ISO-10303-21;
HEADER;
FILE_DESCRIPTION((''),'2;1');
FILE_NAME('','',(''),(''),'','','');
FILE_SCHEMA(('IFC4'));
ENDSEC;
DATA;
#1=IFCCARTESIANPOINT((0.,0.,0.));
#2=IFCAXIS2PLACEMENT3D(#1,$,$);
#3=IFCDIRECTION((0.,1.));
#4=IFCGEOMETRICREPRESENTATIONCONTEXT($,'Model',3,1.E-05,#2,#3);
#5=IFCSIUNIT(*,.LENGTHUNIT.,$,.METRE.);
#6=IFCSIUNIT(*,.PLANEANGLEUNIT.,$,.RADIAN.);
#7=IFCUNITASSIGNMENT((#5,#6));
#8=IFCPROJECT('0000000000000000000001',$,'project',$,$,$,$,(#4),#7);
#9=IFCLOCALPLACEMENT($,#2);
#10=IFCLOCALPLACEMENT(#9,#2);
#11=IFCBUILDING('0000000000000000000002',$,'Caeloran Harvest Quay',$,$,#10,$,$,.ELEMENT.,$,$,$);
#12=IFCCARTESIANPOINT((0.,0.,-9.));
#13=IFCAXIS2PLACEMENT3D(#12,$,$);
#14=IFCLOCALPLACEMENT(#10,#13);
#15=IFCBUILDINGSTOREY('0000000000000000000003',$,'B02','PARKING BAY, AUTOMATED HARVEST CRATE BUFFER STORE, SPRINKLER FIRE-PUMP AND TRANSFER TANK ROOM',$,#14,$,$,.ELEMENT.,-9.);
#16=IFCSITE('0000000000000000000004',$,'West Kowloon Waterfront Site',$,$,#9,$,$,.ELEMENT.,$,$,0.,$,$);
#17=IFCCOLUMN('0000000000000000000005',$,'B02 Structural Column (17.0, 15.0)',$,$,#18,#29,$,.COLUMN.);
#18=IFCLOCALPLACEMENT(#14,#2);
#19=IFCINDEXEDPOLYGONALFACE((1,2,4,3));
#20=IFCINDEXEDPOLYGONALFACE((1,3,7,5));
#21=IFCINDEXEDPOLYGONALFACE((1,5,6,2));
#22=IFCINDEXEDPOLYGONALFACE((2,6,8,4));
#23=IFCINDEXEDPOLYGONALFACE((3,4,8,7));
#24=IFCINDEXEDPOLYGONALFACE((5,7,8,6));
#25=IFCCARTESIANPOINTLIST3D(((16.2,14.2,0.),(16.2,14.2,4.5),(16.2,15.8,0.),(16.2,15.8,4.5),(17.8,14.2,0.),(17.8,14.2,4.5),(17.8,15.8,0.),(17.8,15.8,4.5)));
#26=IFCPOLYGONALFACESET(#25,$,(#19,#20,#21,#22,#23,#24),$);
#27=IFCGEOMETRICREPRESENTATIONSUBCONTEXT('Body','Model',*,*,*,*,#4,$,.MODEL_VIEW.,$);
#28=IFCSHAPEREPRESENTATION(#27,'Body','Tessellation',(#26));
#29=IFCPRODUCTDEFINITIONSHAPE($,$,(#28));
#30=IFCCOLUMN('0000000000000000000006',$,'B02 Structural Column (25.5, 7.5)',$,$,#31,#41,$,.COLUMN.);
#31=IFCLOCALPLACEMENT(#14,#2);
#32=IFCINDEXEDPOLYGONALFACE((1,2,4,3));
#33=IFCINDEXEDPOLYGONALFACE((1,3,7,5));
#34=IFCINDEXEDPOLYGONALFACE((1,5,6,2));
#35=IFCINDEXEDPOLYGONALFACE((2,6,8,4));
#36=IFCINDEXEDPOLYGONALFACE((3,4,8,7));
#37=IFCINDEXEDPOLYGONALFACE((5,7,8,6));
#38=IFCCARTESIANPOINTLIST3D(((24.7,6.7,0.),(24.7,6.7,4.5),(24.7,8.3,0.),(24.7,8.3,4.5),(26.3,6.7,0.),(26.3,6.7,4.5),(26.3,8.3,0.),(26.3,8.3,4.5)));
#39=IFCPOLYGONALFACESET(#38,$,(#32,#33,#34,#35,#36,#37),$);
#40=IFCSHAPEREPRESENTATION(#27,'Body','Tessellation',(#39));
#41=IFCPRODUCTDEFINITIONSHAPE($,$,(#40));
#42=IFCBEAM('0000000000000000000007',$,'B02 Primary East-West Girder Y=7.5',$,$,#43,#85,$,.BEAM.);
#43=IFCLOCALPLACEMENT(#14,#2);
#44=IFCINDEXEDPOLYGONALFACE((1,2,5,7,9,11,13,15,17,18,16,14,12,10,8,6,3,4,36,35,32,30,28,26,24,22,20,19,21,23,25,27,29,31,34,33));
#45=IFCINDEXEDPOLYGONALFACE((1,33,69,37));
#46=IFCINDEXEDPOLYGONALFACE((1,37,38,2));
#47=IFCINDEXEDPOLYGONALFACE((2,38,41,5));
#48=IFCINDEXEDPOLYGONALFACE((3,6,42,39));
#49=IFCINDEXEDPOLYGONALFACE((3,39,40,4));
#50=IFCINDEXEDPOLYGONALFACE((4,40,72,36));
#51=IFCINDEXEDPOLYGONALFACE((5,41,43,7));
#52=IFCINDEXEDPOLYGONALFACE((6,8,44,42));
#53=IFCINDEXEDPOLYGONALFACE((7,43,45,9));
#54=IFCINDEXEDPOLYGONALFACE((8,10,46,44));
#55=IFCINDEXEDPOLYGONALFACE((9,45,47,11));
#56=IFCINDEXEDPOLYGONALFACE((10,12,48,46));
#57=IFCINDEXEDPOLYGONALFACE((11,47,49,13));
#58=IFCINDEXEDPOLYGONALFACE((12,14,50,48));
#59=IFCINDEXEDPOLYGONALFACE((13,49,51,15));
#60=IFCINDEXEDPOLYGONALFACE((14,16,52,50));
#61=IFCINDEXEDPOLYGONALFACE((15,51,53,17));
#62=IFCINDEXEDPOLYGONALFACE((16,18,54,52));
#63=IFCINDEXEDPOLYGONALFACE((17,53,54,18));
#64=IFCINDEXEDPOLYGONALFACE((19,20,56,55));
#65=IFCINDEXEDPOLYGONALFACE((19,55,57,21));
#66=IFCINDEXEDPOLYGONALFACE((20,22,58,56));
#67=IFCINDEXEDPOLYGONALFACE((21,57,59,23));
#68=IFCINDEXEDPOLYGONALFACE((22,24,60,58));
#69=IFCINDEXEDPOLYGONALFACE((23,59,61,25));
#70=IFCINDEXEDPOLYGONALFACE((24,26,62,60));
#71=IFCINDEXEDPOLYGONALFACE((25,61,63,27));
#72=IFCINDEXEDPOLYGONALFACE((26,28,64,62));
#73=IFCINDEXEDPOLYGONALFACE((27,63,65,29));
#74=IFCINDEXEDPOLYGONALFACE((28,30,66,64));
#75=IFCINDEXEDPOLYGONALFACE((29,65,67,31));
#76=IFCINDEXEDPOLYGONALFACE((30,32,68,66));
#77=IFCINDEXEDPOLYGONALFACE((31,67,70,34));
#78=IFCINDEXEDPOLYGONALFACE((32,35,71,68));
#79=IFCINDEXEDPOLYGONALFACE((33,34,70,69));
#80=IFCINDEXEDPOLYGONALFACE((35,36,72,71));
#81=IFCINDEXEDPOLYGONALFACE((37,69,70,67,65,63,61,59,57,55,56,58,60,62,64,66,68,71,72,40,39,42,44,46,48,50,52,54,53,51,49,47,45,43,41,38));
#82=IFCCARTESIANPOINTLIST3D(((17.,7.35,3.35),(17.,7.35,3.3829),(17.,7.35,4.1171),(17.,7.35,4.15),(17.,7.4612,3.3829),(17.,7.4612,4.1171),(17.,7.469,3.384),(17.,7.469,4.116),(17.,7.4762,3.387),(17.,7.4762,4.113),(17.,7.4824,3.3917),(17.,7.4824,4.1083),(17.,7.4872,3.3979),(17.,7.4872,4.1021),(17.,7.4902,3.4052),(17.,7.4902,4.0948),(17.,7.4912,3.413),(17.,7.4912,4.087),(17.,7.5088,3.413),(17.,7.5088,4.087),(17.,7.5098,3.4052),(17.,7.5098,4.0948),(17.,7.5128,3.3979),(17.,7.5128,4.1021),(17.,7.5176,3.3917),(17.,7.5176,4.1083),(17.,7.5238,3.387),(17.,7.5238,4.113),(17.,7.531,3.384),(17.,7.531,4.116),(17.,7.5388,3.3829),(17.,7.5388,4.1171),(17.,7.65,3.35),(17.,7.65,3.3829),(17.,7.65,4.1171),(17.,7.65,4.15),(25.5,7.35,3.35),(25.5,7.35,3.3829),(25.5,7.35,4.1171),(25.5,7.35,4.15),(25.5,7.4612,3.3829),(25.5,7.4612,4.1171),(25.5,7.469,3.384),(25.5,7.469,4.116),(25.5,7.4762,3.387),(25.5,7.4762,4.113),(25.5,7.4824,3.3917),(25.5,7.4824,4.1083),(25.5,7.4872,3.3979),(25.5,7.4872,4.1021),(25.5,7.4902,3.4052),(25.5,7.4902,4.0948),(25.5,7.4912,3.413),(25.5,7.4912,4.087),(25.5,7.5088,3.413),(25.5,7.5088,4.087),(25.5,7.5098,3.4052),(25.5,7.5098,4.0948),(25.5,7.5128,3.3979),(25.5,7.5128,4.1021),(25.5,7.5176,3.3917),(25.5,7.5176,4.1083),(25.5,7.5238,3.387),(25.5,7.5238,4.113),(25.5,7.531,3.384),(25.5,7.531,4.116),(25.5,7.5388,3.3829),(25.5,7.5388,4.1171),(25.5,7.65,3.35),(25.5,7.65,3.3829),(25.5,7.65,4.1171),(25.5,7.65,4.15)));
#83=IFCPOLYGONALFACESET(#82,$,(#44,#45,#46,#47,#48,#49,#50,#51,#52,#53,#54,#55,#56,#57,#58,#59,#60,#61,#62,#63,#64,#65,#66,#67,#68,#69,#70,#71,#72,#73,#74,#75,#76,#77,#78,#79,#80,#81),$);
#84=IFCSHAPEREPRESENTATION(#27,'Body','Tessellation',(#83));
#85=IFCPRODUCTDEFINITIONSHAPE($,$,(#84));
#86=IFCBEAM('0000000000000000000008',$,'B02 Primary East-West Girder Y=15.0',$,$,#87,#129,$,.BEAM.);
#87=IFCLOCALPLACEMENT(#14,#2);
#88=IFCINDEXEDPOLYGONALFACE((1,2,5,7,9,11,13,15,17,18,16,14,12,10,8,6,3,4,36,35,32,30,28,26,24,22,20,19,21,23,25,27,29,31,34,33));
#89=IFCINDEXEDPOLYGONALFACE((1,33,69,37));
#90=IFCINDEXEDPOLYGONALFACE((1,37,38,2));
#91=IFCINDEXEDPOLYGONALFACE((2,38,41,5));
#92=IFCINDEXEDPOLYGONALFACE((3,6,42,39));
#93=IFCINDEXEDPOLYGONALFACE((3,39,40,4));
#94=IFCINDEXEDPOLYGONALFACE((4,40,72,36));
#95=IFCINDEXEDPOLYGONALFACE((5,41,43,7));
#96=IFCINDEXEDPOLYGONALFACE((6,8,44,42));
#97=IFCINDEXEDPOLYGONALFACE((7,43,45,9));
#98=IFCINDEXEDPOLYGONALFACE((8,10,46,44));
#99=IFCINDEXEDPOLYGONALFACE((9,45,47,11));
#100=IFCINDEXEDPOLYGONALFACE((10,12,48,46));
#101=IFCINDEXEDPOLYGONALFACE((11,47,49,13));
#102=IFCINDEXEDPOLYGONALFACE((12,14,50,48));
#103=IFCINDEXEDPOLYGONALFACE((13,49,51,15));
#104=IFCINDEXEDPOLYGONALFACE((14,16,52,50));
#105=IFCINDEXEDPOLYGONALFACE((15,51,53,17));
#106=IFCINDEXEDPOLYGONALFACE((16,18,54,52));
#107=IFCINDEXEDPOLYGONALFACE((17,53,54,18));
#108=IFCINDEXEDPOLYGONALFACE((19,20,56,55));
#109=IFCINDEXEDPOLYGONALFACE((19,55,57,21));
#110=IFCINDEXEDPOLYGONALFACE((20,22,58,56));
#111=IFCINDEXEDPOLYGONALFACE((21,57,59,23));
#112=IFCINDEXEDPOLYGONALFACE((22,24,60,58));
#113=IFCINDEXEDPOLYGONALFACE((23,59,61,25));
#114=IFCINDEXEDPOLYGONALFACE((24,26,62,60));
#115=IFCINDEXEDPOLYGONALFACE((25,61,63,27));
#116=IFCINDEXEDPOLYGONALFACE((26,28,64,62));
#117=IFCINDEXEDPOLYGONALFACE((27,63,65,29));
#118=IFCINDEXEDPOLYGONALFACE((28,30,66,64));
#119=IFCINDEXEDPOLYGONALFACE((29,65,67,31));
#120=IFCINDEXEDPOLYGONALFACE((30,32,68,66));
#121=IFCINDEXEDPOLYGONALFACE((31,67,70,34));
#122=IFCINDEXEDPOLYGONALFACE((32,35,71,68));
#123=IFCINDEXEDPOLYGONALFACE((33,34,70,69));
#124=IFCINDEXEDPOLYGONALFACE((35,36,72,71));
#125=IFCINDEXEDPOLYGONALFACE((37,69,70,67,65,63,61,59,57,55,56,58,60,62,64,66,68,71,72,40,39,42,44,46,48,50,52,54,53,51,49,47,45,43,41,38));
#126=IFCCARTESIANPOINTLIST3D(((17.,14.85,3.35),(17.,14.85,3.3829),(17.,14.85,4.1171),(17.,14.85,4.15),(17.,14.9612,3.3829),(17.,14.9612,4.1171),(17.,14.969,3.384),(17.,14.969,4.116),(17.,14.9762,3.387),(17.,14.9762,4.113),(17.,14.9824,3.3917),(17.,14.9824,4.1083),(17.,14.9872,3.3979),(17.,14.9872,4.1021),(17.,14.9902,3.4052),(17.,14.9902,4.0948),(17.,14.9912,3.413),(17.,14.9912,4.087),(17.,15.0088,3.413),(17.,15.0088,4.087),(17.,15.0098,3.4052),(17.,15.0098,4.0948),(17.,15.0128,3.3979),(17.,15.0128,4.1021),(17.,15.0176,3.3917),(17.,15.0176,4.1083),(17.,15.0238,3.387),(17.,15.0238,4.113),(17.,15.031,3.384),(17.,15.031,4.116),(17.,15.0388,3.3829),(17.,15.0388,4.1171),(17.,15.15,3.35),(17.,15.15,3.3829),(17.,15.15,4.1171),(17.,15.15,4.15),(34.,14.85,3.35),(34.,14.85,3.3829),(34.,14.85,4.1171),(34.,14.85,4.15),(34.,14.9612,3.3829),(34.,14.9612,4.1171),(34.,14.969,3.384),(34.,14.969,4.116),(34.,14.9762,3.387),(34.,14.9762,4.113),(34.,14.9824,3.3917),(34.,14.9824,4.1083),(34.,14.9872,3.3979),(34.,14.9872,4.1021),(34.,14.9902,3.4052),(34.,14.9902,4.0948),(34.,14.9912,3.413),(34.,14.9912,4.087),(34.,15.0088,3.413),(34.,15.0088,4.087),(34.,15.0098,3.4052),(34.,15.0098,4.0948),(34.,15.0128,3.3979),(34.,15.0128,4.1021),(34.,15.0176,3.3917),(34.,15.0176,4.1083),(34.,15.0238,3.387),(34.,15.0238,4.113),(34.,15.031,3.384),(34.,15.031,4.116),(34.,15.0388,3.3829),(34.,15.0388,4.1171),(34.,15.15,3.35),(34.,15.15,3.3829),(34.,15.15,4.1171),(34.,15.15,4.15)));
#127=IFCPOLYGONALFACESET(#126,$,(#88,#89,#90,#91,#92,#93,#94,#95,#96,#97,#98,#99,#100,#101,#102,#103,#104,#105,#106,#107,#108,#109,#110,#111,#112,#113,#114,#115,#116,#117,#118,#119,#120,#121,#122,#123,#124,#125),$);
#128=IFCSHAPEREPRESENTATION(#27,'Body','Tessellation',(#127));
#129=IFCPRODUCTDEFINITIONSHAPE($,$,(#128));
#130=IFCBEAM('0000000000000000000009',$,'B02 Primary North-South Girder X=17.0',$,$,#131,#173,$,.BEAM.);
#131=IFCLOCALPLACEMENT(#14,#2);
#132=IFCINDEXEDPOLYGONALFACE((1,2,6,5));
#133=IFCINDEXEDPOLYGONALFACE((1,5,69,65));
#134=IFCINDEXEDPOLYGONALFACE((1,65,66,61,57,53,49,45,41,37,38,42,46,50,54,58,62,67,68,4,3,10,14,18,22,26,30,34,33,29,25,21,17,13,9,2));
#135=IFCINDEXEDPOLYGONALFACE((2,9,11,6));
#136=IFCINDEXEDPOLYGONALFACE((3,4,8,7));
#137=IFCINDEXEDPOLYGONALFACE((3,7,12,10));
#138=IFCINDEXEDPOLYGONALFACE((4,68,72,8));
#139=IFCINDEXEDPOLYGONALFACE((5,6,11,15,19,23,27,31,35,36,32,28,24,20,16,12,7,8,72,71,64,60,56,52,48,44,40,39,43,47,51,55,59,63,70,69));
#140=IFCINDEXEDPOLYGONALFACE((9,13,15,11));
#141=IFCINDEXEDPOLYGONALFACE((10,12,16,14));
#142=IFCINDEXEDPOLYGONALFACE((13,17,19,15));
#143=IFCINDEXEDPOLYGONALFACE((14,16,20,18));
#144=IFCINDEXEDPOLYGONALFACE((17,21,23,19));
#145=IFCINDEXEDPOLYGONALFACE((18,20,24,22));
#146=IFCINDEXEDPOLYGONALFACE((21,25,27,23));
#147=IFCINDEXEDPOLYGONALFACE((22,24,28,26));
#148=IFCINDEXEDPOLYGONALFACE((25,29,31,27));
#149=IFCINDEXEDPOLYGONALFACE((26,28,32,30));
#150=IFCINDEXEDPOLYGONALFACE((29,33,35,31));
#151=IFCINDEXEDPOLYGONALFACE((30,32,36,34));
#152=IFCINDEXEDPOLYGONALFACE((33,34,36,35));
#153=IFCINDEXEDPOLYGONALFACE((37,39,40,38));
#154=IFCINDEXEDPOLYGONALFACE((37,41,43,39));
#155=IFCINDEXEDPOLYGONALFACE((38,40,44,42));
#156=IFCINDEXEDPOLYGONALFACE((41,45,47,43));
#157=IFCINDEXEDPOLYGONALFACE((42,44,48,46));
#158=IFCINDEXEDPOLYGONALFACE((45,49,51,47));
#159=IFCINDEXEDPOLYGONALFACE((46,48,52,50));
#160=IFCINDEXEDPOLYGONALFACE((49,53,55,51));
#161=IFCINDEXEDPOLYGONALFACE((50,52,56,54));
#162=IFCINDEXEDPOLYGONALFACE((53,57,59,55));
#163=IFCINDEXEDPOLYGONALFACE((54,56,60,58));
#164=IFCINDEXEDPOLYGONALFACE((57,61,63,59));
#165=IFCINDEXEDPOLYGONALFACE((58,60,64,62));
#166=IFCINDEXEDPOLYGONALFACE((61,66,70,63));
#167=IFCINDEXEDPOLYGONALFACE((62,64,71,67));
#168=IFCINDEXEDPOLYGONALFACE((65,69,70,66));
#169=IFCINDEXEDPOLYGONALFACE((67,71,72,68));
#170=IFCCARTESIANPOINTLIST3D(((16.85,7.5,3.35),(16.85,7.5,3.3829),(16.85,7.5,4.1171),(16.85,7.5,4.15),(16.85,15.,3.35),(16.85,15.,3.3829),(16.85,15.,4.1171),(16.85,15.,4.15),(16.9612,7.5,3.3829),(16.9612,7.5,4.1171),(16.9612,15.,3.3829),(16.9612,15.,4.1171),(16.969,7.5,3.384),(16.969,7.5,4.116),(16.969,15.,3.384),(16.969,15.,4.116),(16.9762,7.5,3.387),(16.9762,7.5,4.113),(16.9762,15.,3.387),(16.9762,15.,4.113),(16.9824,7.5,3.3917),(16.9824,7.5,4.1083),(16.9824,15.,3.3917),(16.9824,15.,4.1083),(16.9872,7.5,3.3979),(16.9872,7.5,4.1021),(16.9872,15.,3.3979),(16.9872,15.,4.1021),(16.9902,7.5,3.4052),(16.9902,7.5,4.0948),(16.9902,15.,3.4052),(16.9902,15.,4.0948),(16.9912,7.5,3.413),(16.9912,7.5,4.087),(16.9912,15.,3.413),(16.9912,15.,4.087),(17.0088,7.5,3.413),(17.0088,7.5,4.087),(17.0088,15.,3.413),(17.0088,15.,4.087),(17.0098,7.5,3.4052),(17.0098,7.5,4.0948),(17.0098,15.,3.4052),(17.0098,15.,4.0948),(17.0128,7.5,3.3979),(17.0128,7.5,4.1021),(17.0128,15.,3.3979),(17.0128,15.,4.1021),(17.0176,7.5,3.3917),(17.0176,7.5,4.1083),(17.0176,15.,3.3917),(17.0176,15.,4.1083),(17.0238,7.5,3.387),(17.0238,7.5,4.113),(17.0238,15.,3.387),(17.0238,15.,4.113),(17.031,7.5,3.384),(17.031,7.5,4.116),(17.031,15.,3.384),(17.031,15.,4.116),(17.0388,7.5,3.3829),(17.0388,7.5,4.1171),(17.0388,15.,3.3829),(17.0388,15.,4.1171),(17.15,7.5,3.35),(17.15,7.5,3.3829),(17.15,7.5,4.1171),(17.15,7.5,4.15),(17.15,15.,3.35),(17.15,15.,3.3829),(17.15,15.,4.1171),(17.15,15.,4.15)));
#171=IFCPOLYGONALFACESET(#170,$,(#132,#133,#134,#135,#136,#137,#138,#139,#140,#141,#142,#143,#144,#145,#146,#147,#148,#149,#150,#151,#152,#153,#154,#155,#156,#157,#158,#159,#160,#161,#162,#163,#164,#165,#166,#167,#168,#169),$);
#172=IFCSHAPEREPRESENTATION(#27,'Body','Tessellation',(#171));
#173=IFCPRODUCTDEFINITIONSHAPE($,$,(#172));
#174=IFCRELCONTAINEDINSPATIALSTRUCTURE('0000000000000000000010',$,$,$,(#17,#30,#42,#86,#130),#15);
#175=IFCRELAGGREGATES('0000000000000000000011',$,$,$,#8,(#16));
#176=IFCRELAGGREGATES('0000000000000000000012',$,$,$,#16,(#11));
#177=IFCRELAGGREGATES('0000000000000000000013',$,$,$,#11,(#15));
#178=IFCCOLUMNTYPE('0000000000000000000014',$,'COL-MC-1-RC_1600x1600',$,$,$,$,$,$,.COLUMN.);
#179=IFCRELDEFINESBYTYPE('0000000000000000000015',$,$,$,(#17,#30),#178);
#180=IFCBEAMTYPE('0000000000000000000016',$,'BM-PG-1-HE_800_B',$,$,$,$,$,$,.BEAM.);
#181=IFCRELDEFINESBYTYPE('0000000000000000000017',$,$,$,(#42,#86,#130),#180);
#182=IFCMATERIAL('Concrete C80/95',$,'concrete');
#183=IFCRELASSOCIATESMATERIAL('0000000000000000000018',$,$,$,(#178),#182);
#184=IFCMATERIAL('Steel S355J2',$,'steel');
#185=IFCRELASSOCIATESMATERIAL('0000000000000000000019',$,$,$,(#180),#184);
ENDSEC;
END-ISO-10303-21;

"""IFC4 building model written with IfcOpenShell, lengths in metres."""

from ifc_helpers import new_model, si_unit, direction, frame, origin, origin_2d, place, context, subcontext, project, spatial, rectangle, i_section, extrude, material, material_profile, profile_set, type_object, element, save


model = new_model("IFC4")

# Units and contexts
model_context = context("Model", 3, precision=1e-05, world=origin(), true_north=direction((0.0, 1.0)))
body_context = subcontext(model_context, "Body", "Model", "MODEL_VIEW")
ifc_project = project(units=[si_unit("LENGTHUNIT", "METRE"), si_unit("PLANEANGLEUNIT", "RADIAN")], contexts=[model_context])

# Site, building, storey
site_placement = place(None, origin())
site = spatial("IfcSite", under=ifc_project, at=site_placement, Name="West Kowloon Waterfront Site", CompositionType="ELEMENT", RefElevation=0.0)
building_placement = place(site_placement, origin())
building = spatial("IfcBuilding", under=site, at=building_placement, Name="Caeloran Harvest Quay", CompositionType="ELEMENT")
storey_placement = place(building_placement, frame((0.0, 0.0, -9.0)))
storey = spatial("IfcBuildingStorey", under=building, at=storey_placement, Name="B02", Description="PARKING BAY, AUTOMATED HARVEST CRATE BUFFER STORE, SPRINKLER FIRE-PUMP AND TRANSFER TANK ROOM", CompositionType="ELEMENT", Elevation=-9.0)

# Columns
ifc_material_1 = material(Name="Concrete C80/95", Category="concrete")
ifc_material_profile_1 = material_profile(ifc_material_1, rectangle(XDim=1.6001, YDim=1.6001, at=origin_2d()), Name="RC 1600x1600")
ifc_profile_set_1 = profile_set([ifc_material_profile_1], Name="Concrete C80/95")
column_type = type_object("IfcColumnType", Name="COL-MC-1-RC_1600x1600", PredefinedType="COLUMN", material=ifc_profile_set_1)
for number, where, z_axis, x_axis, name in (
    (1, (17.0, 15.0, 0.0), (0.0, 0.0, 1.0), (1.0, 0.0, 0.0), "B02 Structural Column (17.0, 15.0)"),
    (2, (25.5, 7.5, 0.0), (0.0, 0.0, 1.0), (1.0, 0.0, 0.0), "B02 Structural Column (25.5, 7.5)"),
):
    element("IfcColumn", number, at=place(storey_placement, frame(where, z_axis=z_axis, x_axis=x_axis)), inside=storey, type_object=column_type, Name=name, PredefinedType="COLUMN", context=body_context, shape_type="SweptSolid", body=[
        extrude(rectangle(XDim=1.6001, YDim=1.6001, at=origin_2d()), origin(), (0.0, 0.0, 1.0), 4.5),
    ])

# Beams
ifc_material_2 = material(Name="Steel S355J2", Category="steel")
ifc_material_profile_2 = material_profile(ifc_material_2, i_section(OverallWidth=0.3, OverallDepth=0.8, WebThickness=0.0176, FlangeThickness=0.033, FilletRadius=0.03, at=origin_2d()), Name="HE 800 B")
ifc_profile_set_2 = profile_set([ifc_material_profile_2], Name="Steel S355J2")
beam_type_1 = type_object("IfcBeamType", Name="BM-PG-1-HE_800_B", PredefinedType="BEAM", material=ifc_profile_set_2)
beam_1_placement = place(storey_placement, frame((17.0, 7.5, 3.75), z_axis=(1.0, 0.0, 0.0), x_axis=(0.0, 1.0, 0.0)))
element("IfcBeam", 3, at=beam_1_placement, inside=storey, type_object=beam_type_1, Name="B02 Primary East-West Girder Y=7.5", PredefinedType="BEAM", context=body_context, shape_type="SweptSolid", body=[
    extrude(i_section(OverallWidth=0.3, OverallDepth=0.8, WebThickness=0.0176, FlangeThickness=0.033, FilletRadius=0.03, at=origin_2d()), origin(), (0.0, 0.0, 1.0), 8.5),
])
beam_2_placement = place(storey_placement, frame((17.0, 15.0, 3.75), z_axis=(1.0, 0.0, 0.0), x_axis=(0.0, 1.0, 0.0)))
element("IfcBeam", 4, at=beam_2_placement, inside=storey, type_object=beam_type_1, Name="B02 Primary East-West Girder Y=15.0", PredefinedType="BEAM", context=body_context, shape_type="SweptSolid", body=[
    extrude(i_section(OverallWidth=0.3, OverallDepth=0.8, WebThickness=0.0176, FlangeThickness=0.033, FilletRadius=0.03, at=origin_2d()), origin(), (0.0, 0.0, 1.0), 17.0),
])
beam_3_placement = place(storey_placement, frame((17.0, 7.5, 3.75), z_axis=(0.0, 1.0, 0.0), x_axis=(-1.0, 0.0, 0.0)))
element("IfcBeam", 5, at=beam_3_placement, inside=storey, type_object=beam_type_1, Name="B02 Primary North-South Girder X=17.0", PredefinedType="BEAM", context=body_context, shape_type="SweptSolid", body=[
    extrude(i_section(OverallWidth=0.3, OverallDepth=0.8, WebThickness=0.0176, FlangeThickness=0.033, FilletRadius=0.03, at=origin_2d()), origin(), (0.0, 0.0, 1.0), 7.5),
])

save(model, "model.ifc")
